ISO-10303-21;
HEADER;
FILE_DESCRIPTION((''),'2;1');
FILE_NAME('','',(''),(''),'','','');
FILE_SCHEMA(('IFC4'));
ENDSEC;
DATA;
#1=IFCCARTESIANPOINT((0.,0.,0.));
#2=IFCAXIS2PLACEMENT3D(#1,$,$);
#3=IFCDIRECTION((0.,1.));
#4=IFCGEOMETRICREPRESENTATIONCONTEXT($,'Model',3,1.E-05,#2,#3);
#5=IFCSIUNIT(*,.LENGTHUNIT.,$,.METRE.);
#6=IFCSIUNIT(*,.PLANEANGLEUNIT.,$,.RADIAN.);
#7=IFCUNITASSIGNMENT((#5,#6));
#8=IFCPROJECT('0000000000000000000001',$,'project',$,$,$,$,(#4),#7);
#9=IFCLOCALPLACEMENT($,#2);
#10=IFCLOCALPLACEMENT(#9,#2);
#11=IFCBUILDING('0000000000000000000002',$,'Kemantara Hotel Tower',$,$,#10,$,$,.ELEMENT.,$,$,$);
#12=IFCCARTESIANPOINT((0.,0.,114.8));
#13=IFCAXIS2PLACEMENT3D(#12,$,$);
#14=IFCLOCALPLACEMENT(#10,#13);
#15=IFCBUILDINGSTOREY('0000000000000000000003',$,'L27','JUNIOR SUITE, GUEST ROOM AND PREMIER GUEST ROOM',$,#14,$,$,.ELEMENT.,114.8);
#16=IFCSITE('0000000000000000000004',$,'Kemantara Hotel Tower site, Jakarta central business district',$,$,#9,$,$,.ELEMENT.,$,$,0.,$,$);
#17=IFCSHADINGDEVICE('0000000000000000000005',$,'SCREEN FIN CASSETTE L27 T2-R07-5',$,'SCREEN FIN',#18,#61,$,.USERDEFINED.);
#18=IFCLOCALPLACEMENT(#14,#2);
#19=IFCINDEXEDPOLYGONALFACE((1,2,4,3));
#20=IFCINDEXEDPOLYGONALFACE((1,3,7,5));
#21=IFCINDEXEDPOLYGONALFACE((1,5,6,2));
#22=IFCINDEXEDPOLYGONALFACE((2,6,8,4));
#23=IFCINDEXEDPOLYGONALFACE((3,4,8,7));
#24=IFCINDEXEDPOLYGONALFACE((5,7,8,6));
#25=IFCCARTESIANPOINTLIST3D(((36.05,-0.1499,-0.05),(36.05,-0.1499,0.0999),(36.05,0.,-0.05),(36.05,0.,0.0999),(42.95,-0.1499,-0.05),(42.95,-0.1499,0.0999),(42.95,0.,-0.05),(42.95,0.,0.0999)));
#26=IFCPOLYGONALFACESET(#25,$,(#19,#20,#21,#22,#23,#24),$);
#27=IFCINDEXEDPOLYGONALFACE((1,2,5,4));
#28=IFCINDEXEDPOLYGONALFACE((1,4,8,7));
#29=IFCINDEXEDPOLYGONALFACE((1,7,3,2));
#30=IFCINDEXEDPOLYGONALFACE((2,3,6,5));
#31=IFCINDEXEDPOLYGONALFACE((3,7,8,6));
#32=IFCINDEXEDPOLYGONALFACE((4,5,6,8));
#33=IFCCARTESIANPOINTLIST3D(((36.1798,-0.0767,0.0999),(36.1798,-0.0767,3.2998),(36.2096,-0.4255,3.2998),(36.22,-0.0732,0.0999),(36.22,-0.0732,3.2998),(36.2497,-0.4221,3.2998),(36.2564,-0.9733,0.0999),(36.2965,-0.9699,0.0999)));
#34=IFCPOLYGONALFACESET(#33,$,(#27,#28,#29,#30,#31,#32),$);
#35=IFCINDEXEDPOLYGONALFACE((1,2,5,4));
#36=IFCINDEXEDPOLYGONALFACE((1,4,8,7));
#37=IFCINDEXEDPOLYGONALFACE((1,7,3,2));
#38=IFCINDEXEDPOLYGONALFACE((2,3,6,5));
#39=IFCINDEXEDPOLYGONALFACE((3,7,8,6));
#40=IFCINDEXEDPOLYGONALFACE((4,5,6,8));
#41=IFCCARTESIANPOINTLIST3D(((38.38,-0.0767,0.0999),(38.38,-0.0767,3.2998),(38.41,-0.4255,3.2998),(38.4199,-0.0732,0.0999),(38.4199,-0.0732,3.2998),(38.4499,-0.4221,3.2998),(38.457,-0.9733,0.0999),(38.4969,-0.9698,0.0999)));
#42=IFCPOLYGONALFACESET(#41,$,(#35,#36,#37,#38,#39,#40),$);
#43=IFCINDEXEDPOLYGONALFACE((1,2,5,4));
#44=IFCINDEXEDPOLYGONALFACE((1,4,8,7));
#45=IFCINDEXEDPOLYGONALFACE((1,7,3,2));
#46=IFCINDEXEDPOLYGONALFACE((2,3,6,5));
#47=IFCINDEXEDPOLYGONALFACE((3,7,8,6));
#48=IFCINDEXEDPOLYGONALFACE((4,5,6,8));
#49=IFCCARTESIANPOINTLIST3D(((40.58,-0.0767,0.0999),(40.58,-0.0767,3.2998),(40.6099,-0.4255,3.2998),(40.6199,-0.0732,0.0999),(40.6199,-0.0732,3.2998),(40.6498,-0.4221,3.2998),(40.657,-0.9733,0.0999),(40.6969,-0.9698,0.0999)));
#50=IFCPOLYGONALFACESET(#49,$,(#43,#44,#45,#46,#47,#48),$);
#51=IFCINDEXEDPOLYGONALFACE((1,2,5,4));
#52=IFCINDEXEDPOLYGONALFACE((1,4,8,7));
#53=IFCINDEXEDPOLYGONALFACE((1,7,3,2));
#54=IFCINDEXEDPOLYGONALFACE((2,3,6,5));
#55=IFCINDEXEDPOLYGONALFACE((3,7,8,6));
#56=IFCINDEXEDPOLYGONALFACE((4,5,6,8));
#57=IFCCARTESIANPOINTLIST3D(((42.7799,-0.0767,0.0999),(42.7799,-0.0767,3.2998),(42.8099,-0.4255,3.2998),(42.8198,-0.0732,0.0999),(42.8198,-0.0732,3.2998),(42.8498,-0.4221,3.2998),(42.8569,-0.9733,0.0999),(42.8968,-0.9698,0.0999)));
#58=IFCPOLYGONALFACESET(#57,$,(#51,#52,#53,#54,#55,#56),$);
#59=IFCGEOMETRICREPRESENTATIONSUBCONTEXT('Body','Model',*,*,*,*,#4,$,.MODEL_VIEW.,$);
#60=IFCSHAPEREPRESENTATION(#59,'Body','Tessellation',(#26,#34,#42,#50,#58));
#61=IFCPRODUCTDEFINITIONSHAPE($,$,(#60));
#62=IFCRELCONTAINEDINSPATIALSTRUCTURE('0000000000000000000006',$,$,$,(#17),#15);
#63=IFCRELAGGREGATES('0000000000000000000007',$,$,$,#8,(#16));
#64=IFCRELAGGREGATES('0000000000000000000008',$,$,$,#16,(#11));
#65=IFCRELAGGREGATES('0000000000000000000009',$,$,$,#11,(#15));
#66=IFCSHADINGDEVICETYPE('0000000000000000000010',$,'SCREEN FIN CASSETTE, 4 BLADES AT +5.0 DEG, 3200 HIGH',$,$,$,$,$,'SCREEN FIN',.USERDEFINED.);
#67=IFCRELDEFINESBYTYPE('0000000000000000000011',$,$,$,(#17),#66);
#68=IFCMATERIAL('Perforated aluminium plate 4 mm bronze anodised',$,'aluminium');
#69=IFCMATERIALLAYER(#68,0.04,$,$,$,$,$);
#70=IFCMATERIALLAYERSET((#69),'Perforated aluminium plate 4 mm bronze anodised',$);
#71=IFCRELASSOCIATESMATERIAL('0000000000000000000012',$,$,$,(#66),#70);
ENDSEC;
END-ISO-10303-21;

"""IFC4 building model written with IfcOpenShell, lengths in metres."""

from ifc_helpers import new_model, si_unit, direction, frame, origin, origin_2d, place, context, subcontext, project, spatial, polyline, rectangle, outline, extrude, source, transform, mapped, material, layer, layer_set, type_object, element, save


model = new_model("IFC4")

# Units and contexts
model_context = context("Model", 3, precision=1e-05, world=origin(), true_north=direction((0.0, 1.0)))
body_context = subcontext(model_context, "Body", "Model", "MODEL_VIEW")
ifc_project = project(units=[si_unit("LENGTHUNIT", "METRE"), si_unit("PLANEANGLEUNIT", "RADIAN")], contexts=[model_context])

# Site, building, storey
site_placement = place(None, origin())
site = spatial("IfcSite", under=ifc_project, at=site_placement, Name="Kemantara Hotel Tower site, Jakarta central business district", CompositionType="ELEMENT", RefElevation=0.0)
building_placement = place(site_placement, origin())
building = spatial("IfcBuilding", under=site, at=building_placement, Name="Kemantara Hotel Tower", CompositionType="ELEMENT")
storey_placement = place(building_placement, frame((0.0, 0.0, 114.8)))
storey = spatial("IfcBuildingStorey", under=building, at=storey_placement, Name="L27", Description="JUNIOR SUITE, GUEST ROOM AND PREMIER GUEST ROOM", CompositionType="ELEMENT", Elevation=114.8)

# Shading device
ifc_material_1 = material(Name="Perforated aluminium plate 4 mm bronze anodised", Category="aluminium")
ifc_layer_1 = layer(ifc_material_1, 0.04)
ifc_layer_set_1 = layer_set([ifc_layer_1], Name="Perforated aluminium plate 4 mm bronze anodised")
shading_device_type_1 = type_object("IfcShadingDeviceType", Name="SCREEN FIN CASSETTE, 4 BLADES AT +5.0 DEG, 3200 HIGH", ElementType="SCREEN FIN", PredefinedType="USERDEFINED", material=ifc_layer_set_1)
shared_shape_1 = source(origin(), body_context, "Body", "SweptSolid", [
    extrude(rectangle(XDim=6.8999, YDim=0.1499, at=origin_2d()), frame((3.3, -0.075, -0.1499), z_axis=(0.0, 0.0, 1.0), x_axis=(1.0, 0.0, 0.0)), (0.0, 0.0, 1.0), 0.1499),
    extrude(outline(polyline([(0.0, 0.0), (0.8999, 0.0), (0.3501, 3.2), (0.0, 3.2), (0.0, 0.0)])), frame((0.02, -0.0732, 0.0), z_axis=(-0.996376, -0.085056, 0.0), x_axis=(0.085056, -0.996376, 0.0)), (0.0, 0.0, 1.0), 0.0403),
    extrude(outline(polyline([(0.0, 0.0), (0.8999, 0.0), (0.3501, 3.2), (0.0, 3.2), (0.0, 0.0)])), frame((2.22, -0.0732, 0.0), z_axis=(-0.996332, -0.085575, 0.0), x_axis=(0.085575, -0.996332, 0.0)), (0.0, 0.0, 1.0), 0.04),
    extrude(outline(polyline([(0.0, 0.0), (0.8999, 0.0), (0.3501, 3.2), (0.0, 3.2), (0.0, 0.0)])), frame((4.4199, -0.0732, 0.0), z_axis=(-0.996332, -0.085575, 0.0), x_axis=(0.085575, -0.996332, 0.0)), (0.0, 0.0, 1.0), 0.04),
    extrude(outline(polyline([(0.0, 0.0), (0.8999, 0.0), (0.3501, 3.2), (0.0, 3.2), (0.0, 0.0)])), frame((6.6199, -0.0732, 0.0), z_axis=(-0.996332, -0.085575, 0.0), x_axis=(0.085575, -0.996332, 0.0)), (0.0, 0.0, 1.0), 0.04),
])
shading_device_1_placement = place(storey_placement, frame((36.2, 0.0, 0.0999), z_axis=(0.0, 0.0, 1.0), x_axis=(1.0, 0.0, 0.0)))
element("IfcShadingDevice", 1, at=shading_device_1_placement, inside=storey, type_object=shading_device_type_1, Name="SCREEN FIN CASSETTE L27 T2-R07-5", ObjectType="SCREEN FIN", PredefinedType="USERDEFINED", context=body_context, shape_type="MappedRepresentation", body=[
    mapped(shared_shape_1, transform((0.0, 0.0, 0.0))),
])

save(model, "model.ifc")
